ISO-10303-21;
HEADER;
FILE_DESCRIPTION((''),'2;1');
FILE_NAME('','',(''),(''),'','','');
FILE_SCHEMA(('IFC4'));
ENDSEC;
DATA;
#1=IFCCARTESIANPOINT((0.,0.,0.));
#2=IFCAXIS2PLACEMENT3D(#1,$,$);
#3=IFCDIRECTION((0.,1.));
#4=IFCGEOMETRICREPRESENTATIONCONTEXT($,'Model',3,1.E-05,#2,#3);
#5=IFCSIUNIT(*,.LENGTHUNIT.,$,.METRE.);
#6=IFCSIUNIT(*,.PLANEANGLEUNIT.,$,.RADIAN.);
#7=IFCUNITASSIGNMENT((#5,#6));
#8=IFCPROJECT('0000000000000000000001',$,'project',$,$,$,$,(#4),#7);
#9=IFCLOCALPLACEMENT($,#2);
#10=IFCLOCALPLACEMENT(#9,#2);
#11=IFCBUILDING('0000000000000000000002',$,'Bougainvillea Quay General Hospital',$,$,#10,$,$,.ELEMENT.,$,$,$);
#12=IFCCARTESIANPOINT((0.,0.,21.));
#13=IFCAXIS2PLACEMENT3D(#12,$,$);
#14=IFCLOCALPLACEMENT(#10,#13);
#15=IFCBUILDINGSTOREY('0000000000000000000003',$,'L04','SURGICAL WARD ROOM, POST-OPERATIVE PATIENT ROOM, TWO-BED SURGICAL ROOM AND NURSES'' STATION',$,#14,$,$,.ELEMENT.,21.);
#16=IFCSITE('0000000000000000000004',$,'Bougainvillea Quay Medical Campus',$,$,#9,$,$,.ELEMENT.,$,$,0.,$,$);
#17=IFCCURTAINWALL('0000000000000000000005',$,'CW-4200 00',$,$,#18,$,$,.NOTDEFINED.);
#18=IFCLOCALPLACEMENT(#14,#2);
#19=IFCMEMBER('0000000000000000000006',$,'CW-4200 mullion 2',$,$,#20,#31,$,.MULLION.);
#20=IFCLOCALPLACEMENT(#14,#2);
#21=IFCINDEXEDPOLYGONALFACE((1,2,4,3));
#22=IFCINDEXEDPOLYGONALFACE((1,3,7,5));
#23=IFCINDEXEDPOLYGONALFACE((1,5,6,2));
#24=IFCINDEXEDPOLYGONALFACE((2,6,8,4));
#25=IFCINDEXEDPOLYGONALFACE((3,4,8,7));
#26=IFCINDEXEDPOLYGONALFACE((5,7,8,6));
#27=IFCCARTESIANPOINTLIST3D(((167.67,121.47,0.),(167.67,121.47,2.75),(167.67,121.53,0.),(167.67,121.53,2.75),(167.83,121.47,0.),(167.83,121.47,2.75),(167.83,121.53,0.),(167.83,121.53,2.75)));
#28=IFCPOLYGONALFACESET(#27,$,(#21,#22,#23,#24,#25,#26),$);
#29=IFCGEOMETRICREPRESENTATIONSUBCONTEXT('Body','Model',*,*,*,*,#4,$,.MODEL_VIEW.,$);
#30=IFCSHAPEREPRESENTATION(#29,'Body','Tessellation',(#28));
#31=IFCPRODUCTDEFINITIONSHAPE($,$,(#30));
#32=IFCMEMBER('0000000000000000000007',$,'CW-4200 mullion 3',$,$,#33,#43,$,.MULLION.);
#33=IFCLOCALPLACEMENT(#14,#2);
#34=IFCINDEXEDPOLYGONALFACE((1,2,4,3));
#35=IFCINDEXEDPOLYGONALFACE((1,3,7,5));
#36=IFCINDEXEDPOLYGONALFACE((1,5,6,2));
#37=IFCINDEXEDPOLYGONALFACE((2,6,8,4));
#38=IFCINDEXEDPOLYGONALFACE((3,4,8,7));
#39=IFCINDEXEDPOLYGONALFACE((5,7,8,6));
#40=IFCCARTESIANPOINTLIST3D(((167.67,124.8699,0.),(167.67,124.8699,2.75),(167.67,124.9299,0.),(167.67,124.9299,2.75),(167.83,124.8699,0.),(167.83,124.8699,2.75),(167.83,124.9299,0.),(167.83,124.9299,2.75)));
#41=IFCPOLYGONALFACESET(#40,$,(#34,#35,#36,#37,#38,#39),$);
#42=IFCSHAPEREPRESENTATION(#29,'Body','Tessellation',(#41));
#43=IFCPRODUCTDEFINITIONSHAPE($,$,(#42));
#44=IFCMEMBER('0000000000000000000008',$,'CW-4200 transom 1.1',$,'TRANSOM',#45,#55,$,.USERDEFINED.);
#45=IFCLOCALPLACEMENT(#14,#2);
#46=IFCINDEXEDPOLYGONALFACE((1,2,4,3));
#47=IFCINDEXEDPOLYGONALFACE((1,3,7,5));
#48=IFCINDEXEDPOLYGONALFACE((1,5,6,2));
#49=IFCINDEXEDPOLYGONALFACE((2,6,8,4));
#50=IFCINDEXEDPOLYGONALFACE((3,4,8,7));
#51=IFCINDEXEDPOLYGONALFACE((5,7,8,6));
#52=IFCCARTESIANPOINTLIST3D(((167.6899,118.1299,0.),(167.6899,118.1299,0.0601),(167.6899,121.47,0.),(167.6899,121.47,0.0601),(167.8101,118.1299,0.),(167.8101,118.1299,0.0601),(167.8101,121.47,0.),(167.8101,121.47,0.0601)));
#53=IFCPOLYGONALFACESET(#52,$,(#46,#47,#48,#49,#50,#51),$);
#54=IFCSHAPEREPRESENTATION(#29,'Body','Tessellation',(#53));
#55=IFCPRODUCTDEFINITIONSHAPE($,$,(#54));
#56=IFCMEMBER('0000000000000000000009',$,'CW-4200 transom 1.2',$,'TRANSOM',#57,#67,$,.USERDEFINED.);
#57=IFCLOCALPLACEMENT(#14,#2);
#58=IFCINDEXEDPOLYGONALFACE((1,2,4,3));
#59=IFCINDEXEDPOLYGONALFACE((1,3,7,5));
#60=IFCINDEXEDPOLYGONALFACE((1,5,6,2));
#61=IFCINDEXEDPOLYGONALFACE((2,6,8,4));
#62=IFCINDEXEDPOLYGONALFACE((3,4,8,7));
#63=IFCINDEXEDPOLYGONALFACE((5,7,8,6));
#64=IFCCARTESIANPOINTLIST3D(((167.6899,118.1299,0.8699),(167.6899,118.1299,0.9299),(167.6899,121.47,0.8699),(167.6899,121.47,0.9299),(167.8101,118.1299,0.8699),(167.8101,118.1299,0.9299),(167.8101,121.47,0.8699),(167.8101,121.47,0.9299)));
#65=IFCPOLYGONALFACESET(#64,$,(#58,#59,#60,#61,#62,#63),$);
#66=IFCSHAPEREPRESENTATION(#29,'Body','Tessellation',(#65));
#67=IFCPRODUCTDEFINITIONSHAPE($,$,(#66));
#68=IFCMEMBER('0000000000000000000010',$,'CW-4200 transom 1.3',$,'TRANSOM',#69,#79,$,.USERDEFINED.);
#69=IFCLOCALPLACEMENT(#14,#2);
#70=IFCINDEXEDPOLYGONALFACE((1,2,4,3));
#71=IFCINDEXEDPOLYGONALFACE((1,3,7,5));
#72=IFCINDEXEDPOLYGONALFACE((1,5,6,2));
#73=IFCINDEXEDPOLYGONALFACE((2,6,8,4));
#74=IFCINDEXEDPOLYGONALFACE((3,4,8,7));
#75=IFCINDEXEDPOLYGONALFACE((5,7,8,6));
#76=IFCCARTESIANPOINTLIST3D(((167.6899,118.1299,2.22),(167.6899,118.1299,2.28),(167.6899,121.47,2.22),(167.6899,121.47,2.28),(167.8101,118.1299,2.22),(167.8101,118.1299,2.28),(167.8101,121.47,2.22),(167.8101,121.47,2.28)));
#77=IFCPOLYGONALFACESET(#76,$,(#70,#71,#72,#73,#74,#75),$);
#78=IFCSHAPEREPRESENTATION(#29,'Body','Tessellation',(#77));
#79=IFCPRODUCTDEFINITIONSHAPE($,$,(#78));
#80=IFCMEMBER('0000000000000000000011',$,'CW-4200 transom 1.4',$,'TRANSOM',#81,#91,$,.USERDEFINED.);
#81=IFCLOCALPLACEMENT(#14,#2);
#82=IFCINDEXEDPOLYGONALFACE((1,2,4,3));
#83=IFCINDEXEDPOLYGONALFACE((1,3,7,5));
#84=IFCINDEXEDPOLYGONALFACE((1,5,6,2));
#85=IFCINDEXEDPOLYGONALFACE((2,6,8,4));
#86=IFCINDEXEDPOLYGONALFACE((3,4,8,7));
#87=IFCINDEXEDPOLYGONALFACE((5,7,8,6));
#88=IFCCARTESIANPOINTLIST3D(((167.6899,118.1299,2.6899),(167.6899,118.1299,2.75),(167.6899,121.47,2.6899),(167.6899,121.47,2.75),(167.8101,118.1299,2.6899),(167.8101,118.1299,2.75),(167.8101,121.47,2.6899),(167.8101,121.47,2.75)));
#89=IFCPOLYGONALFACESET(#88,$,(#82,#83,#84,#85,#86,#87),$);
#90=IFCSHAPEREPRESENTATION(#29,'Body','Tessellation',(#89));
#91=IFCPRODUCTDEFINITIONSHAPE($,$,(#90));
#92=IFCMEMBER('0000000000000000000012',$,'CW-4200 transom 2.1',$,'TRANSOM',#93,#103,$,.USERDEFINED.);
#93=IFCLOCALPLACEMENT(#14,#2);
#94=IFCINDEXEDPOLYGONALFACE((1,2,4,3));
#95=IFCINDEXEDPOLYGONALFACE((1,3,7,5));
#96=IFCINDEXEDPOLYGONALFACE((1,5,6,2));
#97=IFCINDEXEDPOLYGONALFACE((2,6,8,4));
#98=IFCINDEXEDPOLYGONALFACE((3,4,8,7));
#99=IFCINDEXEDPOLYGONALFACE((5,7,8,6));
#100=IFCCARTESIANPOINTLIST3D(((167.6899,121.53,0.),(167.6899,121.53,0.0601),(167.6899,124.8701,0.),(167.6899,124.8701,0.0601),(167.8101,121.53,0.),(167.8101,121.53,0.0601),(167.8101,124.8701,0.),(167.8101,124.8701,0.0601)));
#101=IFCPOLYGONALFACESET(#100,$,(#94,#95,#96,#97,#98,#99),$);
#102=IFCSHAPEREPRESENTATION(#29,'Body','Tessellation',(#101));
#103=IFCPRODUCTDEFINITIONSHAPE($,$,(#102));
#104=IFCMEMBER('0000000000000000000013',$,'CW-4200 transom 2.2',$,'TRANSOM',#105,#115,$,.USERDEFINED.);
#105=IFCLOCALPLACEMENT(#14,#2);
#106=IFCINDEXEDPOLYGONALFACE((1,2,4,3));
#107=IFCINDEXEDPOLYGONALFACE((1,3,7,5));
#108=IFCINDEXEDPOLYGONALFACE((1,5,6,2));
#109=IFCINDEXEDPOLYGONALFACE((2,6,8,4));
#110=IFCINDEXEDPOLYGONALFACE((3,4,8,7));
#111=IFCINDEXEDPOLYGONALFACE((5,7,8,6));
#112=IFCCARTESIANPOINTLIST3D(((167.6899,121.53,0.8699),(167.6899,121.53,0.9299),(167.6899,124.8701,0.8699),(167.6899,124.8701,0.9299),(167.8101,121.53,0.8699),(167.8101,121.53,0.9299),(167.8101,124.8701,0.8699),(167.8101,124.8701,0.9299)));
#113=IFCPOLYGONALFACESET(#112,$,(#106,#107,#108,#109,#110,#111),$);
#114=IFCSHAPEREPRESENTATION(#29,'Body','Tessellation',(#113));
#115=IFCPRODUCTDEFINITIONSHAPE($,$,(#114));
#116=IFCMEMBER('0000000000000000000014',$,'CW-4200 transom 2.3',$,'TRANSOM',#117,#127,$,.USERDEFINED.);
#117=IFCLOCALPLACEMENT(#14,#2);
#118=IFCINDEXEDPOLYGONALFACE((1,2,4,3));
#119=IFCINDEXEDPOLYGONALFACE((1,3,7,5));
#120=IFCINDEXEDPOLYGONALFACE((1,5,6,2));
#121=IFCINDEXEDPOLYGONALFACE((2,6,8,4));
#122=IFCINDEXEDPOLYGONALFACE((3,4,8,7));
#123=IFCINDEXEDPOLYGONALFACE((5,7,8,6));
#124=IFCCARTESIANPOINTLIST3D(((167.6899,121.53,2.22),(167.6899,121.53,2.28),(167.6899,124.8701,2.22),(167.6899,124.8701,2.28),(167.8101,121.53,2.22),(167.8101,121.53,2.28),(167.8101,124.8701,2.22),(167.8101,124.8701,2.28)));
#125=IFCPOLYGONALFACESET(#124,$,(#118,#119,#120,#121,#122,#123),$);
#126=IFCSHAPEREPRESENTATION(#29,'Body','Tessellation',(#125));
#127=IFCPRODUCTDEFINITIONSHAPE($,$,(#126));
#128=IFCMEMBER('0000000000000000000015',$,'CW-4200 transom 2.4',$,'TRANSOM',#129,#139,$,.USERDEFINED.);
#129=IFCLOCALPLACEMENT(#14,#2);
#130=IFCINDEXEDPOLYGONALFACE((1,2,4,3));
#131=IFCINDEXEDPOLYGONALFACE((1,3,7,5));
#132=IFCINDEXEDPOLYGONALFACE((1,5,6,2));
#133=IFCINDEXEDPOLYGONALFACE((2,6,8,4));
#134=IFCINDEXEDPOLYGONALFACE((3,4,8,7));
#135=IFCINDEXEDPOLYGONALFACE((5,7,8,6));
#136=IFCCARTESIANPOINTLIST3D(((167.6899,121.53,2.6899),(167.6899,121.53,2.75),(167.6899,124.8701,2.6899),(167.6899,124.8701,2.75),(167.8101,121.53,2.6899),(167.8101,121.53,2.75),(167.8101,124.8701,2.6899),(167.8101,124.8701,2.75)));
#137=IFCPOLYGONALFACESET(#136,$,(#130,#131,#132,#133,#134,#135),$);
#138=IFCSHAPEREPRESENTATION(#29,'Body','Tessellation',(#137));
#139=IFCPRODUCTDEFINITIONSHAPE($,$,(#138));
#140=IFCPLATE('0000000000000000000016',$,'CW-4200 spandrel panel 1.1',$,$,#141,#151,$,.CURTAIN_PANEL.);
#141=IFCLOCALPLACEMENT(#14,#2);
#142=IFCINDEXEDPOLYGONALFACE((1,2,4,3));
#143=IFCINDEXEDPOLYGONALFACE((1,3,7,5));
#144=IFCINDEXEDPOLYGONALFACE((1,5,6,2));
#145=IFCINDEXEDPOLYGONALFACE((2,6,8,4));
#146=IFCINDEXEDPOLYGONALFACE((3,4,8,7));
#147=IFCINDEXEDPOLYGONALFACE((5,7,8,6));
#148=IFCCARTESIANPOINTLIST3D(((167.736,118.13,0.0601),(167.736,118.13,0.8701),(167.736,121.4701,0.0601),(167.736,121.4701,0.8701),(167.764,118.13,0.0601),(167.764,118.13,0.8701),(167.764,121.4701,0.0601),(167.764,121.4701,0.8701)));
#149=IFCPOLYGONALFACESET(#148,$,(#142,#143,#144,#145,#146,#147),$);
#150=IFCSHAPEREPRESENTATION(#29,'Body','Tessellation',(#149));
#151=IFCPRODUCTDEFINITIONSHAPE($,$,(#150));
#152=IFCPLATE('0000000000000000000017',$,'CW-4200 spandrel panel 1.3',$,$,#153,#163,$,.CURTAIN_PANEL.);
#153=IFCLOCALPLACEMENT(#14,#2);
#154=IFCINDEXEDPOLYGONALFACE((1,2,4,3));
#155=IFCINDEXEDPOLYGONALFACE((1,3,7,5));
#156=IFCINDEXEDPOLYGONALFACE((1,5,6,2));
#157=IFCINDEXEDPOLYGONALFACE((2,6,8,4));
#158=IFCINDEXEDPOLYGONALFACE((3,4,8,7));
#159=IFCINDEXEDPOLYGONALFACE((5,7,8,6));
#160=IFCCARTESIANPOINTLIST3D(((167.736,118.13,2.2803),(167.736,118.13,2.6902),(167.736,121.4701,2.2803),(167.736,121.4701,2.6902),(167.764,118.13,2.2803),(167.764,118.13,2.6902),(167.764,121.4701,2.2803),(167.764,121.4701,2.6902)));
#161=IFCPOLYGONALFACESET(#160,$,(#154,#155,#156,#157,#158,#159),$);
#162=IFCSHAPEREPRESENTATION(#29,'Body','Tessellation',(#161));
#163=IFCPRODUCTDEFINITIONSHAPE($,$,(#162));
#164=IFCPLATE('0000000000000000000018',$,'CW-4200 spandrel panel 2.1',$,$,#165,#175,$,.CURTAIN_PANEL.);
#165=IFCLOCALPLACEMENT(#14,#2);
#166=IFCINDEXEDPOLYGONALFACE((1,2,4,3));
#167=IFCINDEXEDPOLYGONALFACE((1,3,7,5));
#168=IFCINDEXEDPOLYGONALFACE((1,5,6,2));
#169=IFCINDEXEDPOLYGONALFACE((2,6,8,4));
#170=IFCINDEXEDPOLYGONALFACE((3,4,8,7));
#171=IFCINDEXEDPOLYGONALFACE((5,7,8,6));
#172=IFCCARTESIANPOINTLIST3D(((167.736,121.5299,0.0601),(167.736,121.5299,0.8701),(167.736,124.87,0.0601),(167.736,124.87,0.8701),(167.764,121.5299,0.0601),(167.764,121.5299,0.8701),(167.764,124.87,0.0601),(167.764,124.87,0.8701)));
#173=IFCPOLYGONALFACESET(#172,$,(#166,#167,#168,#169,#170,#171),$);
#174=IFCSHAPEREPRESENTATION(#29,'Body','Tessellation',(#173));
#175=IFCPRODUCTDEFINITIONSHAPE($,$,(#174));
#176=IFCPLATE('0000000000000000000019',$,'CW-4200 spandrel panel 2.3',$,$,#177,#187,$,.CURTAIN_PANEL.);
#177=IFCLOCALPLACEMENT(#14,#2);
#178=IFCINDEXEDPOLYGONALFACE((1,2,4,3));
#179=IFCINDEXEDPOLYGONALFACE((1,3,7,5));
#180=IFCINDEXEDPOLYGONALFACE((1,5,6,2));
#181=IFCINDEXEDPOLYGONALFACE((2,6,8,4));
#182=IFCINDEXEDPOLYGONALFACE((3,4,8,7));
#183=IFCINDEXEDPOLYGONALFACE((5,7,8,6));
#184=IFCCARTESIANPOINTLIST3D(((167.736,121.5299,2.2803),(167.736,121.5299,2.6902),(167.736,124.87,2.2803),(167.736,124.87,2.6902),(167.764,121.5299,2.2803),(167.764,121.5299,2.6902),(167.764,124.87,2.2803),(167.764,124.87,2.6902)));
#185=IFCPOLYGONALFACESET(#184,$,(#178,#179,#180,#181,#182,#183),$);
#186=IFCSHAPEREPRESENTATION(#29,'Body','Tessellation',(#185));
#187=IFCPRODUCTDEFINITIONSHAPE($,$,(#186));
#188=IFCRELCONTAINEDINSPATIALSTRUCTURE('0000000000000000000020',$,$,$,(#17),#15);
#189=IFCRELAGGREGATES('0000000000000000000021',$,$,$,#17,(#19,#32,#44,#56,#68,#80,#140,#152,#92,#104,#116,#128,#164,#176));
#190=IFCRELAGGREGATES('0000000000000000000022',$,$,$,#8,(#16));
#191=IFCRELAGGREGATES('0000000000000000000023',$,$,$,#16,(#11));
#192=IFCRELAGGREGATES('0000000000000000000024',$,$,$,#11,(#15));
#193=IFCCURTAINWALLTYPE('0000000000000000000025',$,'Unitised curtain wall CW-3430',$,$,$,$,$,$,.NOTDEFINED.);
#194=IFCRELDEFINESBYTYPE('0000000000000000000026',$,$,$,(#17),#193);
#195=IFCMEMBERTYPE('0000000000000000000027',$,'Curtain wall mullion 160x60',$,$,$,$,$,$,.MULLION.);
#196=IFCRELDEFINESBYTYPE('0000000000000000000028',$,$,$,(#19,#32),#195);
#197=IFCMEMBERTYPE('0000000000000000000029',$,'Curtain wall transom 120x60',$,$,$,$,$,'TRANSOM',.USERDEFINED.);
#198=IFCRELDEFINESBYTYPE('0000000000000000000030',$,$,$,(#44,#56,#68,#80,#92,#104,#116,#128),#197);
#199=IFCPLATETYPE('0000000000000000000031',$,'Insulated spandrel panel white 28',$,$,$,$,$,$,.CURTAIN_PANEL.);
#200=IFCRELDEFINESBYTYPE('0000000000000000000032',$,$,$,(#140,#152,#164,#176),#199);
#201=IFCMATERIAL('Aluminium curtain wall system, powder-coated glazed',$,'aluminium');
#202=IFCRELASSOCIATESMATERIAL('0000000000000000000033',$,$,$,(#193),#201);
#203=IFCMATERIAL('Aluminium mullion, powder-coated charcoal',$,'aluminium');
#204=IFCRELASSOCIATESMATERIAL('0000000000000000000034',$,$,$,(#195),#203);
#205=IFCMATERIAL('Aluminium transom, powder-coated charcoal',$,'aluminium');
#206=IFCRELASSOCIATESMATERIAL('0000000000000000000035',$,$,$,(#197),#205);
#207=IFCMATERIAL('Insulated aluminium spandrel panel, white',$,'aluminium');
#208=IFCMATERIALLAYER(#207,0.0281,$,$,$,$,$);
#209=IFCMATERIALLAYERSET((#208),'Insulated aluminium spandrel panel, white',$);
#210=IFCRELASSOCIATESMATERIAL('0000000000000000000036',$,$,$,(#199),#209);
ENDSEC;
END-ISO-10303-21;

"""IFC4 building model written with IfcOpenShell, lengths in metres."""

from ifc_helpers import new_model, si_unit, direction, frame, origin, origin_2d, place, context, subcontext, project, spatial, rectangle, extrude, material, layer, layer_set, material_profile, profile_set, type_object, element, aggregate, save


model = new_model("IFC4")

# Units and contexts
model_context = context("Model", 3, precision=1e-05, world=origin(), true_north=direction((0.0, 1.0)))
body_context = subcontext(model_context, "Body", "Model", "MODEL_VIEW")
ifc_project = project(units=[si_unit("LENGTHUNIT", "METRE"), si_unit("PLANEANGLEUNIT", "RADIAN")], contexts=[model_context])

# Site, building, storey
site_placement = place(None, origin())
site = spatial("IfcSite", under=ifc_project, at=site_placement, Name="Bougainvillea Quay Medical Campus", CompositionType="ELEMENT", RefElevation=0.0)
building_placement = place(site_placement, origin())
building = spatial("IfcBuilding", under=site, at=building_placement, Name="Bougainvillea Quay General Hospital", CompositionType="ELEMENT")
storey_placement = place(building_placement, frame((0.0, 0.0, 21.0)))
storey = spatial("IfcBuildingStorey", under=building, at=storey_placement, Name="L04", Description="SURGICAL WARD ROOM, POST-OPERATIVE PATIENT ROOM, TWO-BED SURGICAL ROOM AND NURSES' STATION", CompositionType="ELEMENT", Elevation=21.0)

# Curtain wall, members, plates
ifc_material_1 = material(Name="Aluminium curtain wall system, powder-coated glazed", Category="aluminium")
curtain_wall_type = type_object("IfcCurtainWallType", Name="Unitised curtain wall CW-3430", PredefinedType="NOTDEFINED", material=ifc_material_1)
curtain_wall_placement = place(storey_placement, origin())
curtain_wall = element("IfcCurtainWall", 1, at=curtain_wall_placement, inside=storey, type_object=curtain_wall_type, Name="CW-4200 00", PredefinedType="NOTDEFINED")
ifc_material_2 = material(Name="Aluminium mullion, powder-coated charcoal", Category="aluminium")
ifc_material_profile_1 = material_profile(ifc_material_2, rectangle(XDim=0.1599, YDim=0.0601, at=origin_2d()))
ifc_profile_set_1 = profile_set([ifc_material_profile_1], Name="Aluminium mullion, powder-coated charcoal")
member_type_1 = type_object("IfcMemberType", Name="Curtain wall mullion 160x60", PredefinedType="MULLION", material=ifc_profile_set_1)
member_1_placement = place(storey_placement, frame((167.75, 121.5, 0.0), z_axis=(0.0, 0.0, 1.0), x_axis=(-1.0, 0.0, 0.0)))
member_1 = element("IfcMember", 2, at=member_1_placement, type_object=member_type_1, Name="CW-4200 mullion 2", PredefinedType="MULLION", context=body_context, shape_type="SweptSolid", body=[
    extrude(rectangle(XDim=0.1599, YDim=0.0601, at=origin_2d()), origin(), (0.0, 0.0, 1.0), 2.75),
])
member_2_placement = place(storey_placement, frame((167.75, 124.8999, 0.0), z_axis=(0.0, 0.0, 1.0), x_axis=(-1.0, 0.0, 0.0)))
member_2 = element("IfcMember", 3, at=member_2_placement, type_object=member_type_1, Name="CW-4200 mullion 3", PredefinedType="MULLION", context=body_context, shape_type="SweptSolid", body=[
    extrude(rectangle(XDim=0.1599, YDim=0.0601, at=origin_2d()), origin(), (0.0, 0.0, 1.0), 2.75),
])
ifc_material_3 = material(Name="Aluminium transom, powder-coated charcoal", Category="aluminium")
ifc_material_profile_2 = material_profile(ifc_material_3, rectangle(XDim=0.1201, YDim=0.0601, at=origin_2d()))
ifc_profile_set_2 = profile_set([ifc_material_profile_2], Name="Aluminium transom, powder-coated charcoal")
member_type_2 = type_object("IfcMemberType", Name="Curtain wall transom 120x60", ElementType="TRANSOM", PredefinedType="USERDEFINED", material=ifc_profile_set_2)
member_3_placement = place(storey_placement, frame((167.75, 118.1299, 0.03), z_axis=(0.0, 1.0, 0.0), x_axis=(-1.0, 0.0, 0.0)))
member_3 = element("IfcMember", 4, at=member_3_placement, type_object=member_type_2, Name="CW-4200 transom 1.1", ObjectType="TRANSOM", PredefinedType="USERDEFINED", context=body_context, shape_type="SweptSolid", body=[
    extrude(rectangle(XDim=0.1201, YDim=0.0601, at=origin_2d()), origin(), (0.0, 0.0, 1.0), 3.3401),
])
member_4_placement = place(storey_placement, frame((167.75, 118.1299, 0.8999), z_axis=(0.0, 1.0, 0.0), x_axis=(-1.0, 0.0, 0.0)))
member_4 = element("IfcMember", 5, at=member_4_placement, type_object=member_type_2, Name="CW-4200 transom 1.2", ObjectType="TRANSOM", PredefinedType="USERDEFINED", context=body_context, shape_type="SweptSolid", body=[
    extrude(rectangle(XDim=0.1201, YDim=0.0601, at=origin_2d()), origin(), (0.0, 0.0, 1.0), 3.3401),
])
member_5_placement = place(storey_placement, frame((167.75, 118.1299, 2.25), z_axis=(0.0, 1.0, 0.0), x_axis=(-1.0, 0.0, 0.0)))
member_5 = element("IfcMember", 6, at=member_5_placement, type_object=member_type_2, Name="CW-4200 transom 1.3", ObjectType="TRANSOM", PredefinedType="USERDEFINED", context=body_context, shape_type="SweptSolid", body=[
    extrude(rectangle(XDim=0.1201, YDim=0.0601, at=origin_2d()), origin(), (0.0, 0.0, 1.0), 3.3401),
])
member_6_placement = place(storey_placement, frame((167.75, 118.1299, 2.72), z_axis=(0.0, 1.0, 0.0), x_axis=(-1.0, 0.0, 0.0)))
member_6 = element("IfcMember", 7, at=member_6_placement, type_object=member_type_2, Name="CW-4200 transom 1.4", ObjectType="TRANSOM", PredefinedType="USERDEFINED", context=body_context, shape_type="SweptSolid", body=[
    extrude(rectangle(XDim=0.1201, YDim=0.0601, at=origin_2d()), origin(), (0.0, 0.0, 1.0), 3.3401),
])
member_7_placement = place(storey_placement, frame((167.75, 121.53, 0.03), z_axis=(0.0, 1.0, 0.0), x_axis=(-1.0, 0.0, 0.0)))
member_7 = element("IfcMember", 8, at=member_7_placement, type_object=member_type_2, Name="CW-4200 transom 2.1", ObjectType="TRANSOM", PredefinedType="USERDEFINED", context=body_context, shape_type="SweptSolid", body=[
    extrude(rectangle(XDim=0.1201, YDim=0.0601, at=origin_2d()), origin(), (0.0, 0.0, 1.0), 3.3401),
])
member_8_placement = place(storey_placement, frame((167.75, 121.53, 0.8999), z_axis=(0.0, 1.0, 0.0), x_axis=(-1.0, 0.0, 0.0)))
member_8 = element("IfcMember", 9, at=member_8_placement, type_object=member_type_2, Name="CW-4200 transom 2.2", ObjectType="TRANSOM", PredefinedType="USERDEFINED", context=body_context, shape_type="SweptSolid", body=[
    extrude(rectangle(XDim=0.1201, YDim=0.0601, at=origin_2d()), origin(), (0.0, 0.0, 1.0), 3.3401),
])
member_9_placement = place(storey_placement, frame((167.75, 121.53, 2.25), z_axis=(0.0, 1.0, 0.0), x_axis=(-1.0, 0.0, 0.0)))
member_9 = element("IfcMember", 10, at=member_9_placement, type_object=member_type_2, Name="CW-4200 transom 2.3", ObjectType="TRANSOM", PredefinedType="USERDEFINED", context=body_context, shape_type="SweptSolid", body=[
    extrude(rectangle(XDim=0.1201, YDim=0.0601, at=origin_2d()), origin(), (0.0, 0.0, 1.0), 3.3401),
])
member_10_placement = place(storey_placement, frame((167.75, 121.53, 2.72), z_axis=(0.0, 1.0, 0.0), x_axis=(-1.0, 0.0, 0.0)))
member_10 = element("IfcMember", 11, at=member_10_placement, type_object=member_type_2, Name="CW-4200 transom 2.4", ObjectType="TRANSOM", PredefinedType="USERDEFINED", context=body_context, shape_type="SweptSolid", body=[
    extrude(rectangle(XDim=0.1201, YDim=0.0601, at=origin_2d()), origin(), (0.0, 0.0, 1.0), 3.3401),
])
ifc_material_4 = material(Name="Insulated aluminium spandrel panel, white", Category="aluminium")
ifc_layer_1 = layer(ifc_material_4, 0.0281)
ifc_layer_set_1 = layer_set([ifc_layer_1], Name="Insulated aluminium spandrel panel, white")
plate_type_1 = type_object("IfcPlateType", Name="Insulated spandrel panel white 28", PredefinedType="CURTAIN_PANEL", material=ifc_layer_set_1)
plate_1_placement = place(storey_placement, frame((167.75, 119.8, 0.0601), z_axis=(0.0, 0.0, 1.0), x_axis=(0.0, 1.0, 0.0)))
plate_1 = element("IfcPlate", 12, at=plate_1_placement, type_object=plate_type_1, Name="CW-4200 spandrel panel 1.1", PredefinedType="CURTAIN_PANEL", context=body_context, shape_type="SweptSolid", body=[
    extrude(rectangle(XDim=3.3401, YDim=0.0281, at=origin_2d()), origin(), (0.0, 0.0, 1.0), 0.8101),
])
plate_2_placement = place(storey_placement, frame((167.75, 119.8, 2.2803), z_axis=(0.0, 0.0, 1.0), x_axis=(0.0, 1.0, 0.0)))
plate_2 = element("IfcPlate", 13, at=plate_2_placement, type_object=plate_type_1, Name="CW-4200 spandrel panel 1.3", PredefinedType="CURTAIN_PANEL", context=body_context, shape_type="SweptSolid", body=[
    extrude(rectangle(XDim=3.3401, YDim=0.0281, at=origin_2d()), origin(), (0.0, 0.0, 1.0), 0.4099),
])
plate_3_placement = place(storey_placement, frame((167.75, 123.2, 0.0601), z_axis=(0.0, 0.0, 1.0), x_axis=(0.0, 1.0, 0.0)))
plate_3 = element("IfcPlate", 14, at=plate_3_placement, type_object=plate_type_1, Name="CW-4200 spandrel panel 2.1", PredefinedType="CURTAIN_PANEL", context=body_context, shape_type="SweptSolid", body=[
    extrude(rectangle(XDim=3.3401, YDim=0.0281, at=origin_2d()), origin(), (0.0, 0.0, 1.0), 0.8101),
])
plate_4_placement = place(storey_placement, frame((167.75, 123.2, 2.2803), z_axis=(0.0, 0.0, 1.0), x_axis=(0.0, 1.0, 0.0)))
plate_4 = element("IfcPlate", 15, at=plate_4_placement, type_object=plate_type_1, Name="CW-4200 spandrel panel 2.3", PredefinedType="CURTAIN_PANEL", context=body_context, shape_type="SweptSolid", body=[
    extrude(rectangle(XDim=3.3401, YDim=0.0281, at=origin_2d()), origin(), (0.0, 0.0, 1.0), 0.4099),
])
aggregate(curtain_wall, [member_1, member_2, member_3, member_4, member_5, member_6, plate_1, plate_2, member_7, member_8, member_9, member_10, plate_3, plate_4])

save(model, "model.ifc")
